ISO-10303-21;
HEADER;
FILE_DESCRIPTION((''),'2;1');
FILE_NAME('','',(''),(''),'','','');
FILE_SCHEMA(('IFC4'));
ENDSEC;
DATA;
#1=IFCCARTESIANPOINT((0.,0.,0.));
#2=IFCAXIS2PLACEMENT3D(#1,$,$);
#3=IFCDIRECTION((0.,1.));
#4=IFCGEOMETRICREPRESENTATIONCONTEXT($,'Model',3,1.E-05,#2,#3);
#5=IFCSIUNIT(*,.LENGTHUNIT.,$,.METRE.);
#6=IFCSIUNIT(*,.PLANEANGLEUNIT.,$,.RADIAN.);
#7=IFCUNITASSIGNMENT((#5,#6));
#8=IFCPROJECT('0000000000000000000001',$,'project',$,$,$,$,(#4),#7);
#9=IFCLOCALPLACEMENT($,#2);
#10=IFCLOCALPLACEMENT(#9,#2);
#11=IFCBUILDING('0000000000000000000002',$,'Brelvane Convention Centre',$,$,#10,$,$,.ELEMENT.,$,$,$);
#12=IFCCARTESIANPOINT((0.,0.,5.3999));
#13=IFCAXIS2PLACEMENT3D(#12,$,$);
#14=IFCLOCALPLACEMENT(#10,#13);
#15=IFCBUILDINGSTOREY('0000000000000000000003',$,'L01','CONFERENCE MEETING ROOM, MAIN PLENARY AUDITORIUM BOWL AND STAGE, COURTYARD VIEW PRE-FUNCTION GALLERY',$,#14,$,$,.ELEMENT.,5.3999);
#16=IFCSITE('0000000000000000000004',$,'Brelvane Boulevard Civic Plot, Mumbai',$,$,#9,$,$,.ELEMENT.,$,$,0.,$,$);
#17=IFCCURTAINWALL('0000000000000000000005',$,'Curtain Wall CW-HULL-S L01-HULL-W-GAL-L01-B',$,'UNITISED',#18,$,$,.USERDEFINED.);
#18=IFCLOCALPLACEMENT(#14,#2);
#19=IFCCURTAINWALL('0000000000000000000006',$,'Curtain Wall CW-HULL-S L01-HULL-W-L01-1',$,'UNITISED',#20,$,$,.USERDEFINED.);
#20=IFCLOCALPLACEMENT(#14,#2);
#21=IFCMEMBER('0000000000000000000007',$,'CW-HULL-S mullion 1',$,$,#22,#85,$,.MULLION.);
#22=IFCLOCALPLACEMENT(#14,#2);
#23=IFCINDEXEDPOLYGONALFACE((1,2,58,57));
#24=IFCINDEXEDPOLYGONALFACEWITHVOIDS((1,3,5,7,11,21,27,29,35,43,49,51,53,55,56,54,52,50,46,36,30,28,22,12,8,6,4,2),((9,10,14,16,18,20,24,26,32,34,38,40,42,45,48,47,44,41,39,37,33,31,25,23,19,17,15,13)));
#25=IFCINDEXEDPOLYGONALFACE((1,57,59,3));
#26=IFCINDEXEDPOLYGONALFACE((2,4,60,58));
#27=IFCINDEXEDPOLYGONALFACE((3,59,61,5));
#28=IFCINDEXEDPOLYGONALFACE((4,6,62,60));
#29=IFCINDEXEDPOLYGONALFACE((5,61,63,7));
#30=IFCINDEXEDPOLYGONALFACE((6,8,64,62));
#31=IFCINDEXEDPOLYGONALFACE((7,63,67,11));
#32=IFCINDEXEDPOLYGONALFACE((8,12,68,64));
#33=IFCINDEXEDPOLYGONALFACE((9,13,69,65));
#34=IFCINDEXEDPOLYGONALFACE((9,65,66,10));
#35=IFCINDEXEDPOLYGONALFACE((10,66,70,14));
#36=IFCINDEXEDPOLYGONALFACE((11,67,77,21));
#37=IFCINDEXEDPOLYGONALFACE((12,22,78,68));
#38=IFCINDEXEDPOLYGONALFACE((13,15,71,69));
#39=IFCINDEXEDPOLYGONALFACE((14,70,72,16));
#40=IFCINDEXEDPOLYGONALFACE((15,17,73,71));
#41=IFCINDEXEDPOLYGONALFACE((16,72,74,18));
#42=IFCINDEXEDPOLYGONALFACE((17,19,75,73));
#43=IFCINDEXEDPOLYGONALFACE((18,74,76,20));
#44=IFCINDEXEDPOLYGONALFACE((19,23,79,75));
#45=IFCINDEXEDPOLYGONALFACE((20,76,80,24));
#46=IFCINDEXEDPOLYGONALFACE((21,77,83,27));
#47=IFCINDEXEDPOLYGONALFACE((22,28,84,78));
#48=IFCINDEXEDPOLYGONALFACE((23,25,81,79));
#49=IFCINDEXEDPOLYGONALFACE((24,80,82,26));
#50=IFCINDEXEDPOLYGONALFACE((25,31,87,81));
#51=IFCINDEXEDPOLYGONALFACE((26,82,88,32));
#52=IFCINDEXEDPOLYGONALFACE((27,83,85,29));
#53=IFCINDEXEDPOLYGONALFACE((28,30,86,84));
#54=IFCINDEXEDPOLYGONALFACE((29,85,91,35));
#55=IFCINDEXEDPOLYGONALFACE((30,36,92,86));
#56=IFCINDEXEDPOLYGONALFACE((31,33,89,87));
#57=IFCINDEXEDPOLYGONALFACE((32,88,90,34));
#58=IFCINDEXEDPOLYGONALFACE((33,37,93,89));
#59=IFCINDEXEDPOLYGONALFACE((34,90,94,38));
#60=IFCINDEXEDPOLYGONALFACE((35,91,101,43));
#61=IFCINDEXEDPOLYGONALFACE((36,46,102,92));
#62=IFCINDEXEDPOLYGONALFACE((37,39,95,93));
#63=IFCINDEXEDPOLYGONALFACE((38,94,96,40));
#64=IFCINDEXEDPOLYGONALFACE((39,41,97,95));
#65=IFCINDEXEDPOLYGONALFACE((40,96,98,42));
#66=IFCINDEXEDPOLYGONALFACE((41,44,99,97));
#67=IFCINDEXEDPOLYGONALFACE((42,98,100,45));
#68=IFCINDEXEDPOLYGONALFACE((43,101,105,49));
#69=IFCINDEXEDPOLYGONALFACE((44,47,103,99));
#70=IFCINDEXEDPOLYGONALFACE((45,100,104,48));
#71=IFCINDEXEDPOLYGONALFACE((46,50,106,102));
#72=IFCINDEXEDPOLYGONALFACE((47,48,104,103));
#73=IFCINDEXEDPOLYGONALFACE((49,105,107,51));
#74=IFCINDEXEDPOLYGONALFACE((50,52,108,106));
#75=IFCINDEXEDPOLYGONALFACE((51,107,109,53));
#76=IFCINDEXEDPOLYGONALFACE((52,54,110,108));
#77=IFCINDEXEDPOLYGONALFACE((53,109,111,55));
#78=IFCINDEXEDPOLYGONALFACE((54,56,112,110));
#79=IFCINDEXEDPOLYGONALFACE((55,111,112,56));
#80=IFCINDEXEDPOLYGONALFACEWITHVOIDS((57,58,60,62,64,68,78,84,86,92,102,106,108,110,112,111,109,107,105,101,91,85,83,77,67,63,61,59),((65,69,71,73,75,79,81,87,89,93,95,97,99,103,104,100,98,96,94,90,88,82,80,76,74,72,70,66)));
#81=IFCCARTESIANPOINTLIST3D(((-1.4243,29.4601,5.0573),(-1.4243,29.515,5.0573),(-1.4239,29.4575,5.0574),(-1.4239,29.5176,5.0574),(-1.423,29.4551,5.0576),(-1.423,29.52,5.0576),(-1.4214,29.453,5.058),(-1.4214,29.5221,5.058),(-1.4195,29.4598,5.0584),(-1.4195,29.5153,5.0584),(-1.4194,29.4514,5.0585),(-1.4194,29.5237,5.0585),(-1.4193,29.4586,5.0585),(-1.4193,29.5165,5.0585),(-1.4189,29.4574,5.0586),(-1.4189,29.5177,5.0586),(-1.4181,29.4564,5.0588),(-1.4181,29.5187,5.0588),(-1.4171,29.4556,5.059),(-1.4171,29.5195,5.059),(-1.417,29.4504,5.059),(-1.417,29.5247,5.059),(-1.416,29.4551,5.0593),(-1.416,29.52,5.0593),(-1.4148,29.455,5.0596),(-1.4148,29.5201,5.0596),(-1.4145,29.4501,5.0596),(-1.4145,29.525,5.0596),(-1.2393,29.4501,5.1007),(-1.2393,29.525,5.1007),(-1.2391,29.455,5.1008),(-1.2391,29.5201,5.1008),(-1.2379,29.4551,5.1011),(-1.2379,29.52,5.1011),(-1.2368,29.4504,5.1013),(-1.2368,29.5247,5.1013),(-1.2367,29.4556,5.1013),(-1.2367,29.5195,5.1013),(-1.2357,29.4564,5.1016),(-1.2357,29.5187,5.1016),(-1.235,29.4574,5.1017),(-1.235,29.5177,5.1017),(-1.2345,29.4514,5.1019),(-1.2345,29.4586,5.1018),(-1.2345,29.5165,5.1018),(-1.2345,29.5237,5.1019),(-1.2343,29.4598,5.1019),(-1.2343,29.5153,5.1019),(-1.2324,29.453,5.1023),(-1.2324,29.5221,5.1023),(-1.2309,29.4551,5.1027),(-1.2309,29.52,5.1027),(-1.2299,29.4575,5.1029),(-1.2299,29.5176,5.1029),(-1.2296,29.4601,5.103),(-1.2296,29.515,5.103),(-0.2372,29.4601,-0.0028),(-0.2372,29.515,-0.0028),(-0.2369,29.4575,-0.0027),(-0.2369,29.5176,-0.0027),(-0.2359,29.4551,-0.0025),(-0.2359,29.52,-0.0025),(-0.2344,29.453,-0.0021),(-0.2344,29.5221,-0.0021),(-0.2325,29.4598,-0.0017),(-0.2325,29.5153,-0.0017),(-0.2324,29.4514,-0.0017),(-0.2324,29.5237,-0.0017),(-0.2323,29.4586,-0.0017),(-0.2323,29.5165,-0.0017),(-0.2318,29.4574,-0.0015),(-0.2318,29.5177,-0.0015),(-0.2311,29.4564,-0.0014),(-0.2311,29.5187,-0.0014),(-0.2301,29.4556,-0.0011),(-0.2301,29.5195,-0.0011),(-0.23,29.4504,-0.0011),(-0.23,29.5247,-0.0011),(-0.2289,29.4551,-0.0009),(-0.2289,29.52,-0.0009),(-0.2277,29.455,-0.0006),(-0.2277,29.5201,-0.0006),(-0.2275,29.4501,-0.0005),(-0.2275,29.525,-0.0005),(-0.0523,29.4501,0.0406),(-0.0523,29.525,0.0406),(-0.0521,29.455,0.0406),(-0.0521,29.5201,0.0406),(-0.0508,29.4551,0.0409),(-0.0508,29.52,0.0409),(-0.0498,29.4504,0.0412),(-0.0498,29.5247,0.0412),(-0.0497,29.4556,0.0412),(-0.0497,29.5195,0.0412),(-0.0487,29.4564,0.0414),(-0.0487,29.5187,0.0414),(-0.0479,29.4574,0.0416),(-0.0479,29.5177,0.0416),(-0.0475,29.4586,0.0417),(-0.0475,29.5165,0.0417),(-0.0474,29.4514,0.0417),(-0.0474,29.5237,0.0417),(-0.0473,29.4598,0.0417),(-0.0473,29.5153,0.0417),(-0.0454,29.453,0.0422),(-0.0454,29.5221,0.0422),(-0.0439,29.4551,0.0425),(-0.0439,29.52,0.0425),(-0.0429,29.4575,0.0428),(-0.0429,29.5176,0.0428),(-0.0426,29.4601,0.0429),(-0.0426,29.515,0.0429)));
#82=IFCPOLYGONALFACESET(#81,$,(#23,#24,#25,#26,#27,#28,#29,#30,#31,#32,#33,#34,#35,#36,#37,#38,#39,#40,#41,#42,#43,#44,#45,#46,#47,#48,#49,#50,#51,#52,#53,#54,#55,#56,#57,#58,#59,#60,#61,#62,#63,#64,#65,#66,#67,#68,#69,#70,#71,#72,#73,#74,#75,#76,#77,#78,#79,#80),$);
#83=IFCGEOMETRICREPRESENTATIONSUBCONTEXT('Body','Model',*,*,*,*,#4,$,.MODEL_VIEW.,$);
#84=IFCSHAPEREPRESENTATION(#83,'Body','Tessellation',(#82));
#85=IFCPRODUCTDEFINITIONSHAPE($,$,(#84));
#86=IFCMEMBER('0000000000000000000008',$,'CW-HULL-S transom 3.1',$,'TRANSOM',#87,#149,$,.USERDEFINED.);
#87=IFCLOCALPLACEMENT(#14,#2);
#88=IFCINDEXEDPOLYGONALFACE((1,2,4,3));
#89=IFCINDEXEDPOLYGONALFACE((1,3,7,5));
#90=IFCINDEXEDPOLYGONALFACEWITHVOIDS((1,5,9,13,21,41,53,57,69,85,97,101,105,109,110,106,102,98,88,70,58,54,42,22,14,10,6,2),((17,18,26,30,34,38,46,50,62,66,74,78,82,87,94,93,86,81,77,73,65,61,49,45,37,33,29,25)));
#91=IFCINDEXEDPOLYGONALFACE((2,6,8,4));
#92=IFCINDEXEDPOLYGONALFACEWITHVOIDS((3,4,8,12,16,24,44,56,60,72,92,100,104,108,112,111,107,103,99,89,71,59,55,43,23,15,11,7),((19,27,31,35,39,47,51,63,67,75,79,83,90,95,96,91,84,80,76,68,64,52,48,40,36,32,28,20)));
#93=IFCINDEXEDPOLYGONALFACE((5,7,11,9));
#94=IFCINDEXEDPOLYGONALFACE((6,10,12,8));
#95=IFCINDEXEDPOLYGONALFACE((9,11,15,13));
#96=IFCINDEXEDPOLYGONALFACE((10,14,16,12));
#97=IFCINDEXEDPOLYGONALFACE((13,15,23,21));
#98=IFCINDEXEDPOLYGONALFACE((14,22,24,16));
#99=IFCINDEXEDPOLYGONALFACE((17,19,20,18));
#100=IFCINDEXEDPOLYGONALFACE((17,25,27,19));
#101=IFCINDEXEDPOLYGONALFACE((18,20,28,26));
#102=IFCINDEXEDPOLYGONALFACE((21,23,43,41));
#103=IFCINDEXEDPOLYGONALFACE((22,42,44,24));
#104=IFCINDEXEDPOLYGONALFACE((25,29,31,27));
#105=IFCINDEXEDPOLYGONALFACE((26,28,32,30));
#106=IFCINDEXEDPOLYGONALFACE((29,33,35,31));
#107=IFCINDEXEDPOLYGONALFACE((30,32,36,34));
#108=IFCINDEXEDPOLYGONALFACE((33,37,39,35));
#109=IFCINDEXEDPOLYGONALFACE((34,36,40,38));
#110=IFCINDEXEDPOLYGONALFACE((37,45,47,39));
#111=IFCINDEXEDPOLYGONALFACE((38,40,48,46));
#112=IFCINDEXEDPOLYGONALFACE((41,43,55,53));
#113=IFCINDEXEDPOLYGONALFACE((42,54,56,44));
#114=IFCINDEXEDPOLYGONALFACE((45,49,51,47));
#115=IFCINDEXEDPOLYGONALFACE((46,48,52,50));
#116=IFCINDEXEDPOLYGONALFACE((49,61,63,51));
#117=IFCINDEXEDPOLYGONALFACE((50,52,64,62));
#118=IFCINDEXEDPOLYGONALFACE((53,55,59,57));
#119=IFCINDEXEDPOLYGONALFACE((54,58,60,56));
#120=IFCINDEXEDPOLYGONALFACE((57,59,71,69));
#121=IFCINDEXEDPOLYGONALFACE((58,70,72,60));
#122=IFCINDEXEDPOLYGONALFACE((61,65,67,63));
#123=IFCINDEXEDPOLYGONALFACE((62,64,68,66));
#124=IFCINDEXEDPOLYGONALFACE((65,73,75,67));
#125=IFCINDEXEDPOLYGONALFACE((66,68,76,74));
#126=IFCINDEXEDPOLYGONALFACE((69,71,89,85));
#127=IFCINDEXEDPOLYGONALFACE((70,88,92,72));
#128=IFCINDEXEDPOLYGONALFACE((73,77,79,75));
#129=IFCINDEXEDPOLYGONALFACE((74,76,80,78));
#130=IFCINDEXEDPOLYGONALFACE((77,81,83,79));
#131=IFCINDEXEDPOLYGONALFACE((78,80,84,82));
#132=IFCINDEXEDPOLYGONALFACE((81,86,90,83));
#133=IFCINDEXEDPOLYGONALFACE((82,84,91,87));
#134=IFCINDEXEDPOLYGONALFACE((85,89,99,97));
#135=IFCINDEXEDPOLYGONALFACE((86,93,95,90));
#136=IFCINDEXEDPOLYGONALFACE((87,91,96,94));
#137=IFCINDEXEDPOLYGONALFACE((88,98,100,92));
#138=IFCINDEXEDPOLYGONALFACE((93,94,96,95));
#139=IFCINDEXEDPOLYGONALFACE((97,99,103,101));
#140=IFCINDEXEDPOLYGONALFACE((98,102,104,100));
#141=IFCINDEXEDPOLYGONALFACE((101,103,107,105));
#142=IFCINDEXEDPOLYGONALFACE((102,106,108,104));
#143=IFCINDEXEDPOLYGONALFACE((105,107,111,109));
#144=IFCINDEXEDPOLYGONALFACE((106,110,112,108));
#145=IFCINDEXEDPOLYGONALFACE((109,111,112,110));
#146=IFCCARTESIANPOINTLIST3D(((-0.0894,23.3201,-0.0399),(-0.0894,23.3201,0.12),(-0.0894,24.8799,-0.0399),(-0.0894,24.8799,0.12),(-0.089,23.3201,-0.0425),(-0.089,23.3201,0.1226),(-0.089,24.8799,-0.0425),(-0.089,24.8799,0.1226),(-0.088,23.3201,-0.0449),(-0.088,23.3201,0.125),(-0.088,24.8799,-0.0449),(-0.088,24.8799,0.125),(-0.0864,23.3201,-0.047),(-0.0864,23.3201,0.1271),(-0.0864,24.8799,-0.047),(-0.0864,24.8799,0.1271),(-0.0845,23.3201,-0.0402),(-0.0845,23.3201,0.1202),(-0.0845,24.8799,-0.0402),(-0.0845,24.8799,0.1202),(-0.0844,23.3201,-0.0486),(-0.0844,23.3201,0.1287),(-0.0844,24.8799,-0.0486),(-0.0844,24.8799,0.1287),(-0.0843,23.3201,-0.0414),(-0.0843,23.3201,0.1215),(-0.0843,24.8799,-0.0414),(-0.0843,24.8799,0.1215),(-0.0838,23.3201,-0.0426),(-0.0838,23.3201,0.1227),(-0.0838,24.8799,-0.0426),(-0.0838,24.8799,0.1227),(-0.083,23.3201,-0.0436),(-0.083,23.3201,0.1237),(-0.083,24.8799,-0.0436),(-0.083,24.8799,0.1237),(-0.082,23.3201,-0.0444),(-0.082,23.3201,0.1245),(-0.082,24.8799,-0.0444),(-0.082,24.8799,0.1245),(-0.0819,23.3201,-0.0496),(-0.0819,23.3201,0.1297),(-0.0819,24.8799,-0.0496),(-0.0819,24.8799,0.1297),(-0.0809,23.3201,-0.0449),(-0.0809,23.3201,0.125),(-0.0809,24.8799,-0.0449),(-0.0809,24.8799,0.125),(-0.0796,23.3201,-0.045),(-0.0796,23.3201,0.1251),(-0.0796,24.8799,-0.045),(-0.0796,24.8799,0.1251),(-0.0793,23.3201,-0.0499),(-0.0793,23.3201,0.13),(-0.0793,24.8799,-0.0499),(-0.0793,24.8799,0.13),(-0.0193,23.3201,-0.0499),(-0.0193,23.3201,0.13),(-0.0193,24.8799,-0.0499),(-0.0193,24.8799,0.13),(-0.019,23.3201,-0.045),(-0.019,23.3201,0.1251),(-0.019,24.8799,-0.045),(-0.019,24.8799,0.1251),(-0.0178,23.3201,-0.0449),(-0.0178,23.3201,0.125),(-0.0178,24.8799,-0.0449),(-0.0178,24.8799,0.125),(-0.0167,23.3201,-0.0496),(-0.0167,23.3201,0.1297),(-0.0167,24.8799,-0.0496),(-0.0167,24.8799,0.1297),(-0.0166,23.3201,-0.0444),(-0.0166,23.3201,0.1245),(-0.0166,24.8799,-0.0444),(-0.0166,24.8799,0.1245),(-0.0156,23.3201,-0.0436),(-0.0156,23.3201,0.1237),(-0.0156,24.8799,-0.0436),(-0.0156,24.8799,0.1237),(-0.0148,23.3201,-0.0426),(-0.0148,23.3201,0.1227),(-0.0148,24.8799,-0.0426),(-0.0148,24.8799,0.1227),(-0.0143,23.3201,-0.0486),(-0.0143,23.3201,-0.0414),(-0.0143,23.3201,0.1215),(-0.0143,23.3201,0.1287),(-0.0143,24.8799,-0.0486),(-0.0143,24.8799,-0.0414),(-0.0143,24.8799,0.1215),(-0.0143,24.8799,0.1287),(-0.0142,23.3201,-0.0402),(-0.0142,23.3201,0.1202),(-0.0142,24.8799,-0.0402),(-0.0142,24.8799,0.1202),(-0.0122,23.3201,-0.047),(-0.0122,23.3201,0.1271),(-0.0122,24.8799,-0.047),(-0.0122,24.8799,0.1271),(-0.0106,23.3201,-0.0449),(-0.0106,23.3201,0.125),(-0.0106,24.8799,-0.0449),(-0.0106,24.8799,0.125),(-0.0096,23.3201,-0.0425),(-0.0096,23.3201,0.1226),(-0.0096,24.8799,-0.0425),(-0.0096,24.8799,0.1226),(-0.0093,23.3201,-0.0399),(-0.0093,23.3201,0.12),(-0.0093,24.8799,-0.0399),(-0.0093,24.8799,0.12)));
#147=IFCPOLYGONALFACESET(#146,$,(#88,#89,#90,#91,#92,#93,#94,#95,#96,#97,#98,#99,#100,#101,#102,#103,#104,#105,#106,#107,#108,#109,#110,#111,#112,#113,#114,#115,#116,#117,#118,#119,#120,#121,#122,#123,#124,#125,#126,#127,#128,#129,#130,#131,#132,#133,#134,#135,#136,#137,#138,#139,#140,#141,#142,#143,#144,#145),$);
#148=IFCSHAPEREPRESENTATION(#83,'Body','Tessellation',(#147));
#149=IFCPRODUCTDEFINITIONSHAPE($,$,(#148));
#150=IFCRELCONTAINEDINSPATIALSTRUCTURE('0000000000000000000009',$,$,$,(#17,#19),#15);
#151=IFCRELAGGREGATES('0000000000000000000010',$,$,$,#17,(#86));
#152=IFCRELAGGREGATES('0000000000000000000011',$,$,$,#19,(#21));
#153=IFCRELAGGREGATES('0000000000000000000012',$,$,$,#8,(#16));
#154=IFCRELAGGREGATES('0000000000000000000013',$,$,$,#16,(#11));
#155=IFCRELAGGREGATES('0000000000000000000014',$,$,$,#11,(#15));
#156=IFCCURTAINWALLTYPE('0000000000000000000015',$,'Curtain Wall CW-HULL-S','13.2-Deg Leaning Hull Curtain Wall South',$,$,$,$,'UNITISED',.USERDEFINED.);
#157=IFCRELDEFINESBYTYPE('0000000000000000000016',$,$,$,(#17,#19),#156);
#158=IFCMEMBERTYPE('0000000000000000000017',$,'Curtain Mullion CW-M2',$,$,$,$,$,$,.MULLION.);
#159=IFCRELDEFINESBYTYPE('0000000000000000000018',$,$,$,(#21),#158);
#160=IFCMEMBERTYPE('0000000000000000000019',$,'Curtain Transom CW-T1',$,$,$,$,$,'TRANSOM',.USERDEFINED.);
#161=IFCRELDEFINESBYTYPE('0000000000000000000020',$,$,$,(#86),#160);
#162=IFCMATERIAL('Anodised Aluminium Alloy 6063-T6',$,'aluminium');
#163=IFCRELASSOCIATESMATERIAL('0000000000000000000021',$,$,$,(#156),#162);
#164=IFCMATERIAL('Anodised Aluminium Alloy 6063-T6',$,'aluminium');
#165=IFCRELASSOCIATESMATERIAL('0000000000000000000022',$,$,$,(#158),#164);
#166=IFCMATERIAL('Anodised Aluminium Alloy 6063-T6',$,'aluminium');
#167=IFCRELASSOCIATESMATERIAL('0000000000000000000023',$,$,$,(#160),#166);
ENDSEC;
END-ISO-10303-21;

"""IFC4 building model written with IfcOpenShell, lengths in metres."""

from ifc_helpers import new_model, si_unit, direction, frame, origin, origin_2d, place, context, subcontext, project, spatial, hollow_rectangle, extrude, material, material_profile, profile_set, type_object, element, aggregate, save


model = new_model("IFC4")

# Units and contexts
model_context = context("Model", 3, precision=1e-05, world=origin(), true_north=direction((0.0, 1.0)))
body_context = subcontext(model_context, "Body", "Model", "MODEL_VIEW")
ifc_project = project(units=[si_unit("LENGTHUNIT", "METRE"), si_unit("PLANEANGLEUNIT", "RADIAN")], contexts=[model_context])

# Site, building, storey
site_placement = place(None, origin())
site = spatial("IfcSite", under=ifc_project, at=site_placement, Name="Brelvane Boulevard Civic Plot, Mumbai", CompositionType="ELEMENT", RefElevation=0.0)
building_placement = place(site_placement, origin())
building = spatial("IfcBuilding", under=site, at=building_placement, Name="Brelvane Convention Centre", CompositionType="ELEMENT")
storey_placement = place(building_placement, frame((0.0, 0.0, 5.3999)))
storey = spatial("IfcBuildingStorey", under=building, at=storey_placement, Name="L01", Description="CONFERENCE MEETING ROOM, MAIN PLENARY AUDITORIUM BOWL AND STAGE, COURTYARD VIEW PRE-FUNCTION GALLERY", CompositionType="ELEMENT", Elevation=5.3999)

# Curtain wall
ifc_material_1 = material(Name="Anodised Aluminium Alloy 6063-T6", Category="aluminium")
curtain_wall_type = type_object("IfcCurtainWallType", Name="Curtain Wall CW-HULL-S", Description="13.2-Deg Leaning Hull Curtain Wall South", ElementType="UNITISED", PredefinedType="USERDEFINED", material=ifc_material_1)
curtain_wall_1_placement = place(storey_placement, origin())
curtain_wall_1 = element("IfcCurtainWall", 1, at=curtain_wall_1_placement, inside=storey, type_object=curtain_wall_type, Name="Curtain Wall CW-HULL-S L01-HULL-W-GAL-L01-B", ObjectType="UNITISED", PredefinedType="USERDEFINED")

# Curtain wall, member
curtain_wall_2_placement = place(storey_placement, origin())
curtain_wall_2 = element("IfcCurtainWall", 2, at=curtain_wall_2_placement, inside=storey, type_object=curtain_wall_type, Name="Curtain Wall CW-HULL-S L01-HULL-W-L01-1", ObjectType="UNITISED", PredefinedType="USERDEFINED")
ifc_material_2 = material(Name="Anodised Aluminium Alloy 6063-T6", Category="aluminium")
ifc_material_profile_1 = material_profile(ifc_material_2, hollow_rectangle(XDim=0.075, YDim=0.2, WallThickness=0.0049, InnerFilletRadius=0.0049, OuterFilletRadius=0.01, at=origin_2d()), Name="ALU-M 200x75x5.0")
ifc_profile_set_1 = profile_set([ifc_material_profile_1], Name="Anodised Aluminium Alloy 6063-T6")
member_type_1 = type_object("IfcMemberType", Name="Curtain Mullion CW-M2", PredefinedType="MULLION", material=ifc_profile_set_1)
member_1_placement = place(storey_placement, frame((-0.1399, 29.4875, 0.02), z_axis=(-0.228385, 0.0, 0.973571), x_axis=(0.0, -1.0, 0.0)))
member_1 = element("IfcMember", 3, at=member_1_placement, type_object=member_type_1, Name="CW-HULL-S mullion 1", PredefinedType="MULLION", context=body_context, shape_type="SweptSolid", body=[
    extrude(hollow_rectangle(XDim=0.075, YDim=0.2, WallThickness=0.0049, InnerFilletRadius=0.0049, OuterFilletRadius=0.01, at=origin_2d()), origin(), (0.0, 0.0, 1.0), 5.1975),
])

# Member
ifc_material_3 = material(Name="Anodised Aluminium Alloy 6063-T6", Category="aluminium")
ifc_material_profile_2 = material_profile(ifc_material_3, hollow_rectangle(XDim=0.0801, YDim=0.1799, WallThickness=0.0049, InnerFilletRadius=0.0049, OuterFilletRadius=0.01, at=origin_2d()), Name="ALU-T 180x80x5.0")
ifc_profile_set_2 = profile_set([ifc_material_profile_2], Name="Anodised Aluminium Alloy 6063-T6")
member_type_2 = type_object("IfcMemberType", Name="Curtain Transom CW-T1", ElementType="TRANSOM", PredefinedType="USERDEFINED", material=ifc_profile_set_2)
member_2_placement = place(storey_placement, frame((-0.0493, 23.3201, 0.04), z_axis=(0.0, 1.0, 0.0), x_axis=(-1.0, 0.0, 0.0)))
member_2 = element("IfcMember", 4, at=member_2_placement, type_object=member_type_2, Name="CW-HULL-S transom 3.1", ObjectType="TRANSOM", PredefinedType="USERDEFINED", context=body_context, shape_type="SweptSolid", body=[
    extrude(hollow_rectangle(XDim=0.0801, YDim=0.1799, WallThickness=0.0049, InnerFilletRadius=0.0049, OuterFilletRadius=0.01, at=origin_2d()), origin(), (0.0, 0.0, 1.0), 1.5598),
])

aggregate(curtain_wall_1, [member_2])
aggregate(curtain_wall_2, [member_1])

save(model, "model.ifc")
